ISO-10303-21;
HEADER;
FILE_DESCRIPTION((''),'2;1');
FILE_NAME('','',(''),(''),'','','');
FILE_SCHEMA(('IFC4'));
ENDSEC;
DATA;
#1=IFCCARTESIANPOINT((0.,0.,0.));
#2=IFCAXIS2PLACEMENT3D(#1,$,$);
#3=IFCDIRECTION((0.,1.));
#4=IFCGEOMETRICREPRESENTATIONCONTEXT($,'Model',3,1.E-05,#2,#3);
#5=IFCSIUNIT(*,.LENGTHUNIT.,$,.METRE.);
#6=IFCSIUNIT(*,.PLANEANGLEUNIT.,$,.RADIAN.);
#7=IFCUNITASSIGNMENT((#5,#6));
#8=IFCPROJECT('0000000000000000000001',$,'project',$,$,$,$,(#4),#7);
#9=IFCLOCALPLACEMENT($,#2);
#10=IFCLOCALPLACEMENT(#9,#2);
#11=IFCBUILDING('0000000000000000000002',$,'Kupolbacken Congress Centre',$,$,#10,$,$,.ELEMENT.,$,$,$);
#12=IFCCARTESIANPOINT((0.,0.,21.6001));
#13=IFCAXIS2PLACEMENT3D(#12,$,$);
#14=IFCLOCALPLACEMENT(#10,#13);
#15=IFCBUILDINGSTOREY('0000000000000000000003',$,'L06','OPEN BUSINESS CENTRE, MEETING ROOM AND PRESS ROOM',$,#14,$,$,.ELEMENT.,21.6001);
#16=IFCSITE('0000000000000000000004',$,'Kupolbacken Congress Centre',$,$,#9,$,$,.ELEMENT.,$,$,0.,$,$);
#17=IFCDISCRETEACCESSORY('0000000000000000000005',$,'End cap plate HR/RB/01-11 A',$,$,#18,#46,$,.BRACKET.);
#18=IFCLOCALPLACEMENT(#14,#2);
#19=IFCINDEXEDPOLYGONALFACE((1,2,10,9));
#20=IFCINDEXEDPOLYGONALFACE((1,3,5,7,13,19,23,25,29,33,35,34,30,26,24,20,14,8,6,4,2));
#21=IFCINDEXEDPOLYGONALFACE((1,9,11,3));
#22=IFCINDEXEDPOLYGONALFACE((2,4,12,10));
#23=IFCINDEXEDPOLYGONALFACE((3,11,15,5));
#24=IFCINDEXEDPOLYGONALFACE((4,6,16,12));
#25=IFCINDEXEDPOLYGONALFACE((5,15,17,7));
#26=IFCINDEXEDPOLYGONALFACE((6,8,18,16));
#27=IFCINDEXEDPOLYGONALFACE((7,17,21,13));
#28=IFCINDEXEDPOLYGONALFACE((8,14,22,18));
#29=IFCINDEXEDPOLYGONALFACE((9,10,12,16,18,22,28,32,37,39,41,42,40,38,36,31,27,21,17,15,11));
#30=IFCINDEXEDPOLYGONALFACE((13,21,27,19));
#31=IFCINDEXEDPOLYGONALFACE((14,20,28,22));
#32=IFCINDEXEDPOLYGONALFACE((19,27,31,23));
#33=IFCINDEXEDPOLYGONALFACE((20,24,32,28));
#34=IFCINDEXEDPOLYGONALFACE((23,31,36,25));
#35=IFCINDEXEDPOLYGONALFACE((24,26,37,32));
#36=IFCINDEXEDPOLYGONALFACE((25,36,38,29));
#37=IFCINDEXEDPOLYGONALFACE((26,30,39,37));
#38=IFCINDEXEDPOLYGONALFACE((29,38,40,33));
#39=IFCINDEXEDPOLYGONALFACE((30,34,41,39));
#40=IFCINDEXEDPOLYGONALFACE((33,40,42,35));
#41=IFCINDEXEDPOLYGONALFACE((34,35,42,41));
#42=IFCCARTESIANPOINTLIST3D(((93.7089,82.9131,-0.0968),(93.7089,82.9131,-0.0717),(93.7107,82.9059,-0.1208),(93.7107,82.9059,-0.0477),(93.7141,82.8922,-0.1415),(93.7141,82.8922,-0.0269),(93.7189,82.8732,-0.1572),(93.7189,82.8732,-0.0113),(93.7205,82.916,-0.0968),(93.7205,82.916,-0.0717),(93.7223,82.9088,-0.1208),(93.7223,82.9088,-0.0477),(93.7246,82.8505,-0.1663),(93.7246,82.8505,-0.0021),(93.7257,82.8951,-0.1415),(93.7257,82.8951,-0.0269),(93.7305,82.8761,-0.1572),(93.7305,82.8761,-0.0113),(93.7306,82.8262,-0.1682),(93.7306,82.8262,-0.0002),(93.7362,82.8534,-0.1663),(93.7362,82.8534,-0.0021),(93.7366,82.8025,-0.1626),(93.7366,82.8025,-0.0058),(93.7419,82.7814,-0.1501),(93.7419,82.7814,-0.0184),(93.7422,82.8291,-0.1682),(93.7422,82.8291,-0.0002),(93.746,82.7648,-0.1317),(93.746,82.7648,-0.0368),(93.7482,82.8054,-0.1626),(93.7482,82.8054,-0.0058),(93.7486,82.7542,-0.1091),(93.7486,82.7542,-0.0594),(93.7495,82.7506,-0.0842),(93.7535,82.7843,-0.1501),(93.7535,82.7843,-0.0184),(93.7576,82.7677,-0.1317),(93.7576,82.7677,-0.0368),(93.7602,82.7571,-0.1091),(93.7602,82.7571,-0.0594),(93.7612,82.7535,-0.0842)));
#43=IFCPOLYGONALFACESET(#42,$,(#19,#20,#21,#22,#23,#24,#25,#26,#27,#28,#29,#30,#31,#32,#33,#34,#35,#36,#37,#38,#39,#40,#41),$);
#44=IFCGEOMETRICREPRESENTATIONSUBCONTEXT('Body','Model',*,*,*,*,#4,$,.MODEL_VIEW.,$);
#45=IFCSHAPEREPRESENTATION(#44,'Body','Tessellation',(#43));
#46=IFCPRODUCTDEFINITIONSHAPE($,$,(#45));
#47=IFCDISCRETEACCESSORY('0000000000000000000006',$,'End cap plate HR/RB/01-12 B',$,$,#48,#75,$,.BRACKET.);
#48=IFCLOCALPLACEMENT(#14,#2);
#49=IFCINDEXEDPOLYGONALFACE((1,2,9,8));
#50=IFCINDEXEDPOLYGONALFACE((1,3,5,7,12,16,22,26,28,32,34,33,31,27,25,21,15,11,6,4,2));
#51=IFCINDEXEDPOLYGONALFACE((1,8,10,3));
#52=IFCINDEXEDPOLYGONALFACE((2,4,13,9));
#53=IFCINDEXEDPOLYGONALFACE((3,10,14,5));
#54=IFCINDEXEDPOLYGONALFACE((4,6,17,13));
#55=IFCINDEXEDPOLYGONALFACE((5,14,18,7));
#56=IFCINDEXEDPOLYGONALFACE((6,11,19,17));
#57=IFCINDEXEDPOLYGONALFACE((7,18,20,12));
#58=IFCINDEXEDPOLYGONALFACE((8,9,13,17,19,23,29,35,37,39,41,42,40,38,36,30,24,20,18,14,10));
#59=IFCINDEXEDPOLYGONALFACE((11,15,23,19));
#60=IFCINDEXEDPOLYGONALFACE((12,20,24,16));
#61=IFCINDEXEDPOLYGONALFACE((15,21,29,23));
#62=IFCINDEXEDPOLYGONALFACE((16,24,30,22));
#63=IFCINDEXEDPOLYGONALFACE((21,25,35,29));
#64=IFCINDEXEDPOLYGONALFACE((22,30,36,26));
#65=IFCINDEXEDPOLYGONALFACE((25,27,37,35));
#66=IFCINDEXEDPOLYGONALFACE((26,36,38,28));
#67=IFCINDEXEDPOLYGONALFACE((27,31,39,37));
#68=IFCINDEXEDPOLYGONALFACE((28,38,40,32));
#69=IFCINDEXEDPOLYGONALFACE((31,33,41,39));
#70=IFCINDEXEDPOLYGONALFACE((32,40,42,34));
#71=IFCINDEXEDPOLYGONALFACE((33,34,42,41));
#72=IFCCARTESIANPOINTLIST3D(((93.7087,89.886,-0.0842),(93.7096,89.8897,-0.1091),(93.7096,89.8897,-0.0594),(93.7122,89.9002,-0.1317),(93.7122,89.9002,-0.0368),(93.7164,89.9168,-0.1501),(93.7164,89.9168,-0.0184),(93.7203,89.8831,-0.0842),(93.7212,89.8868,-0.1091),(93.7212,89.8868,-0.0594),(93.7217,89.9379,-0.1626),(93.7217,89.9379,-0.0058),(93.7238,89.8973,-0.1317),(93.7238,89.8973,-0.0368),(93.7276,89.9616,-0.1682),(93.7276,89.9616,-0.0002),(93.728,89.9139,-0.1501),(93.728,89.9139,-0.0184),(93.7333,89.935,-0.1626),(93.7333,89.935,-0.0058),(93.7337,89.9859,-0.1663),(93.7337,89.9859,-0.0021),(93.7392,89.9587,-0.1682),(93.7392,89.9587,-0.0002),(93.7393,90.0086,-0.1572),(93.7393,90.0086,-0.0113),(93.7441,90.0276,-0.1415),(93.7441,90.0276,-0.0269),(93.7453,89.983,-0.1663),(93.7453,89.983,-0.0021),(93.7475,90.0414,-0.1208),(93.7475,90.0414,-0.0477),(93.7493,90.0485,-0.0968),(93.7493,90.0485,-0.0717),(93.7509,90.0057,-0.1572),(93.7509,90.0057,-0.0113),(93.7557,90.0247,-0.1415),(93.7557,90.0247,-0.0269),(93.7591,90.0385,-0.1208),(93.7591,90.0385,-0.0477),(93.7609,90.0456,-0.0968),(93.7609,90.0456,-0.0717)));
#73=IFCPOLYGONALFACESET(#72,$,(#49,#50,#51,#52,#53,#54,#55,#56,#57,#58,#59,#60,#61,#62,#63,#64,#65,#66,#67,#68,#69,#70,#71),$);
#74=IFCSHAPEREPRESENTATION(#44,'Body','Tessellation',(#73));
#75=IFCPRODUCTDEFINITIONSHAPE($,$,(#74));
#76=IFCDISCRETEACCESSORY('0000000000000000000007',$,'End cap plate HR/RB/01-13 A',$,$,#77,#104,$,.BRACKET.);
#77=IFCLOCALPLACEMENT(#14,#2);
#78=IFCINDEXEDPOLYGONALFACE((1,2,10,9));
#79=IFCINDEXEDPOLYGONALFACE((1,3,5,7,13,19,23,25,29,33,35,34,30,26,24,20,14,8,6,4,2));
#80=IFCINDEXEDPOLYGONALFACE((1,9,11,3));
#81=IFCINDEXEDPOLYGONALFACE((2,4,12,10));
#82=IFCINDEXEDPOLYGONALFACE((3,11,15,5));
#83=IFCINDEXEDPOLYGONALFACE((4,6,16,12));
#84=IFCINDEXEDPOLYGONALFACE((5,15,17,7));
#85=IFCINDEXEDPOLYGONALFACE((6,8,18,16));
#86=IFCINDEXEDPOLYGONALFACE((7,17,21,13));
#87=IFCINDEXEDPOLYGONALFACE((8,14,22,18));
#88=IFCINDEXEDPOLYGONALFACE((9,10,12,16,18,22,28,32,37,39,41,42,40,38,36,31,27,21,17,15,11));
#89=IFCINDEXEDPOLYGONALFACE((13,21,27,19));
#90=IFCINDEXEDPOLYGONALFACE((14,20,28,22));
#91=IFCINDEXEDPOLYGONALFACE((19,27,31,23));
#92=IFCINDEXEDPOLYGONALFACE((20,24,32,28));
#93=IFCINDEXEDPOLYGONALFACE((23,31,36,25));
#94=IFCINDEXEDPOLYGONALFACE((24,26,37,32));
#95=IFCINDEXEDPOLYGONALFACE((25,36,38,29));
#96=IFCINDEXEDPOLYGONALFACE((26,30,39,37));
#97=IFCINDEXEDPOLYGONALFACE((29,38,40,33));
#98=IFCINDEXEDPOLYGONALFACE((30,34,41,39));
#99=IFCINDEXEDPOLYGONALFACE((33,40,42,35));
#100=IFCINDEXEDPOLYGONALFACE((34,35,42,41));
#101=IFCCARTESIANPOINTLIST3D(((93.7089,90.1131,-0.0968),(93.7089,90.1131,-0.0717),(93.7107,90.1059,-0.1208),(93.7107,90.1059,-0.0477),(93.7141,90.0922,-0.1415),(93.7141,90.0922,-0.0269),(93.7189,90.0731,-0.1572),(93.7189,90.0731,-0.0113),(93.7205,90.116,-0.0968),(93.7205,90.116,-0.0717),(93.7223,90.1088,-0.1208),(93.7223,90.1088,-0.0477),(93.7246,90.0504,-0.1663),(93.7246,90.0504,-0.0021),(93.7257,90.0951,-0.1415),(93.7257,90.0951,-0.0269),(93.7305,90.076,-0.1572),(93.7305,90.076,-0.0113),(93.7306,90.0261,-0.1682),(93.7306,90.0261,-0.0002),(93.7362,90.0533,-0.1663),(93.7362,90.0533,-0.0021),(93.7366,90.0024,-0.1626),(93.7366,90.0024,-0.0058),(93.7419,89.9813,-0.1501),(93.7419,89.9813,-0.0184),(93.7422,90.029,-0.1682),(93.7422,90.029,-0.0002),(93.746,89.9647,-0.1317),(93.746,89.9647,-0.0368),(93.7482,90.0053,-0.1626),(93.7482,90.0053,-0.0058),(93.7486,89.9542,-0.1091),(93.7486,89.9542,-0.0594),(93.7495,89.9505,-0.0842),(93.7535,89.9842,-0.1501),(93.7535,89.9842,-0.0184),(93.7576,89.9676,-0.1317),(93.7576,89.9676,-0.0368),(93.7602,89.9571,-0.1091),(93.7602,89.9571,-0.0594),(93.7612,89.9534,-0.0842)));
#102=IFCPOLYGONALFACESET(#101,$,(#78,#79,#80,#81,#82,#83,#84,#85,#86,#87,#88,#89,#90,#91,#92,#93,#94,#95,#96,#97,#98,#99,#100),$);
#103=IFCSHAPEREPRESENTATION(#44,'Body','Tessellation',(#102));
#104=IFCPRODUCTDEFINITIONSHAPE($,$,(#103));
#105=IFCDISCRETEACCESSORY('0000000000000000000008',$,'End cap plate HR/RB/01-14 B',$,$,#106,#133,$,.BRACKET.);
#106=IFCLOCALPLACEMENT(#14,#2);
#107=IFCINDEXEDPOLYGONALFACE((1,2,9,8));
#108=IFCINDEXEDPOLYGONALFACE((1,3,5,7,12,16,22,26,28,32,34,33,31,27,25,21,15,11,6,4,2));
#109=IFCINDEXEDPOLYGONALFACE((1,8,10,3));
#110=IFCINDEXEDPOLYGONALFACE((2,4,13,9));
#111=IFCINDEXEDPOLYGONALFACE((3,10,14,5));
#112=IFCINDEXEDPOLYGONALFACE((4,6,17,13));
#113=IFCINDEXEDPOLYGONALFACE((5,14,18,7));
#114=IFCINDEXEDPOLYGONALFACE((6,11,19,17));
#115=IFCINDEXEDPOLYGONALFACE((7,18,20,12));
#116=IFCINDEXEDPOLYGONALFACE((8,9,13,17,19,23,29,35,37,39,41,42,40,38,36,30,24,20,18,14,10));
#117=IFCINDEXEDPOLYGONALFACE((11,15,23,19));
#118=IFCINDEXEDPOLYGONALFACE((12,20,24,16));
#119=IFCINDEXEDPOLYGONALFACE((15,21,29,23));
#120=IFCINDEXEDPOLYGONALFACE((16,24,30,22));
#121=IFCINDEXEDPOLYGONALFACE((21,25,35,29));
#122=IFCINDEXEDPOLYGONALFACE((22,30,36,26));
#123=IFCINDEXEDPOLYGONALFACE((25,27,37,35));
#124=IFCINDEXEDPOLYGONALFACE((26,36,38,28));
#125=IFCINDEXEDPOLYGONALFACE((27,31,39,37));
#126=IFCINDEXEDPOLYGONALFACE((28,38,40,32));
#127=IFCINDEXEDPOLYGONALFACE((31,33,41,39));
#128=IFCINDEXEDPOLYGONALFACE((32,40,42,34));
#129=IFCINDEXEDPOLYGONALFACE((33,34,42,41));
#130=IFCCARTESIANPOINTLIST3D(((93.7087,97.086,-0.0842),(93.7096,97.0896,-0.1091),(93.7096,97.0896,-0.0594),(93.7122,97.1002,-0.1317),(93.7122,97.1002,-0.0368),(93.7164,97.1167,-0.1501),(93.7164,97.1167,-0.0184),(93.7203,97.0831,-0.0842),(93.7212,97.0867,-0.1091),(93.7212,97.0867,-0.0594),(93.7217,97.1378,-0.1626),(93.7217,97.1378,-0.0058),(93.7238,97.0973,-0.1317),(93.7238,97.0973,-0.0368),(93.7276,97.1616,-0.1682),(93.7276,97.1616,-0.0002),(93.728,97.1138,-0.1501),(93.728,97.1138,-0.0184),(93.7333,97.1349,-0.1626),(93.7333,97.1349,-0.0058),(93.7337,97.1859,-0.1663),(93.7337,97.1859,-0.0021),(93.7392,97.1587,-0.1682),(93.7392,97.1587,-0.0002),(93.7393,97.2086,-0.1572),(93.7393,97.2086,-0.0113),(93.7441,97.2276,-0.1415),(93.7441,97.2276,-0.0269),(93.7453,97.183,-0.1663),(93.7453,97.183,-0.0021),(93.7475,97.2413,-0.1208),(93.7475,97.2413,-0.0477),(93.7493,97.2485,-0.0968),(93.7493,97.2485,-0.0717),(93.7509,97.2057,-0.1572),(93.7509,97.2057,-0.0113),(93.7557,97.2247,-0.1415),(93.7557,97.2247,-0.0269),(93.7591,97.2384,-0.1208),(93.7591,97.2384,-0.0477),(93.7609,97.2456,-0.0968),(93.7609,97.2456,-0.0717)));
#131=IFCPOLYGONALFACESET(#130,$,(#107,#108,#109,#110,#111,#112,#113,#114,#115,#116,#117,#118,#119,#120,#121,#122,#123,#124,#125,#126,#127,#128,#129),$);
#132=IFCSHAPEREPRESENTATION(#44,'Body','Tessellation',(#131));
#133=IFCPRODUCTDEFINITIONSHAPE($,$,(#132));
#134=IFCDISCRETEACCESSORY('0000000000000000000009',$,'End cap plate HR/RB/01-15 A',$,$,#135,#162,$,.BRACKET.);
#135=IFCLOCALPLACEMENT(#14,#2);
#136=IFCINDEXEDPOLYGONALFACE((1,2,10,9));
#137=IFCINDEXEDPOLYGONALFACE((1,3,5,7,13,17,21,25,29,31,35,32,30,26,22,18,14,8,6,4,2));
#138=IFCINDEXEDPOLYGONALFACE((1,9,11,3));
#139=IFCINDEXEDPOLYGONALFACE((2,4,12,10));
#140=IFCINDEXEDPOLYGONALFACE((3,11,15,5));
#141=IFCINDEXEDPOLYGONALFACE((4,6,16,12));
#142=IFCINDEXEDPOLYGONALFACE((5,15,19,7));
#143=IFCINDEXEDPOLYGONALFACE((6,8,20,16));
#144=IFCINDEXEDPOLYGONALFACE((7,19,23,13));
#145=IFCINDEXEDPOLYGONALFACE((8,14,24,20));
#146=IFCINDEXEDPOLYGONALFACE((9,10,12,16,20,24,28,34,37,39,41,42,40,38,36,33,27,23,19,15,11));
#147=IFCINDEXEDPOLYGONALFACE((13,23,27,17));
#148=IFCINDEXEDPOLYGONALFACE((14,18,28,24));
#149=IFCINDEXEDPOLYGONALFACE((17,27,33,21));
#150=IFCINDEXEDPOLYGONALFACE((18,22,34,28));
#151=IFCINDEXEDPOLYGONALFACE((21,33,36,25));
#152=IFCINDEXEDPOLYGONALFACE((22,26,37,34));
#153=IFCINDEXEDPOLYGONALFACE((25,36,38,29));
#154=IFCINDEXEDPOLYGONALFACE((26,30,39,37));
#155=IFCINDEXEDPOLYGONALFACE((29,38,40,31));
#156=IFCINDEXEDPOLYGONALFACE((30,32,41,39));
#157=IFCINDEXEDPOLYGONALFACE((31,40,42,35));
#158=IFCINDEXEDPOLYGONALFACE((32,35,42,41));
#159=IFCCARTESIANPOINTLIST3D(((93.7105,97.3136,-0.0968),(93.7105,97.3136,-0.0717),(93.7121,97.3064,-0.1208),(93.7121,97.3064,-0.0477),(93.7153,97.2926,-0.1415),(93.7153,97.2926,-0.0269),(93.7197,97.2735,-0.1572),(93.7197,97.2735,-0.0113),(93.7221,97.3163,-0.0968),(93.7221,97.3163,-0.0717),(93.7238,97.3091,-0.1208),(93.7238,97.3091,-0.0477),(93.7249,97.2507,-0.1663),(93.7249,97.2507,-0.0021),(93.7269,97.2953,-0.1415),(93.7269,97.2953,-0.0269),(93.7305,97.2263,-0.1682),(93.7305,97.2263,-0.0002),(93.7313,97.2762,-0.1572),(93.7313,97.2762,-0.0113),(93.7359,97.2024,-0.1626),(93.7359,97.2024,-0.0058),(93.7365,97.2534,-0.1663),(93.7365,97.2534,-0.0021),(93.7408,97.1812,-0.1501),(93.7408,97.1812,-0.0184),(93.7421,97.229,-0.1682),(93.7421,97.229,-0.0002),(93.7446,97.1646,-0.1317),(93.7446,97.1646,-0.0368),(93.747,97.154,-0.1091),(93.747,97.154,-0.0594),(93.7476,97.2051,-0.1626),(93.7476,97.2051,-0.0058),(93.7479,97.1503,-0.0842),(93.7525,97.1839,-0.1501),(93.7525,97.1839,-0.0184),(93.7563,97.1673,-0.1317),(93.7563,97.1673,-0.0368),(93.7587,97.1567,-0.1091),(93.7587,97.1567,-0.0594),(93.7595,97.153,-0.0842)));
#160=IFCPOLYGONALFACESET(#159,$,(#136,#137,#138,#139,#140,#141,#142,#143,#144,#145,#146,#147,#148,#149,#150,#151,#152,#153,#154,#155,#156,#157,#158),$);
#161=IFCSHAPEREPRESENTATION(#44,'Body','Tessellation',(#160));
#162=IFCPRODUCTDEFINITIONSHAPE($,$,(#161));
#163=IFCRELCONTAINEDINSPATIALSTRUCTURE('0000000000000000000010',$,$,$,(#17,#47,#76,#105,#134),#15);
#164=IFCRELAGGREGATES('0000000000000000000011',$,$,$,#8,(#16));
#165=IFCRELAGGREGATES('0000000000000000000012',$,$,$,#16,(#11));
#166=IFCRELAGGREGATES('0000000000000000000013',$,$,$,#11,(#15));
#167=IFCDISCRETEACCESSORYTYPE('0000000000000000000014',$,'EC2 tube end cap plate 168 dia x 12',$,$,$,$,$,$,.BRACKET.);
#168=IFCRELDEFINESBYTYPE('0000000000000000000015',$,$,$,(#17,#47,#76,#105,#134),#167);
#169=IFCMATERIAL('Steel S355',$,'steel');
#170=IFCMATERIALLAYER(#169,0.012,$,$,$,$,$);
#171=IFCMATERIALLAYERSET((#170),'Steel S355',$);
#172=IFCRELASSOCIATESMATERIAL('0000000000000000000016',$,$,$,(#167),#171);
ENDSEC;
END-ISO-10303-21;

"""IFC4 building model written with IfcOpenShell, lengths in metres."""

from ifc_helpers import new_model, si_unit, direction, frame, origin, origin_2d, place, context, subcontext, project, spatial, circle, extrude, material, layer, layer_set, type_object, element, save


model = new_model("IFC4")

# Units and contexts
model_context = context("Model", 3, precision=1e-05, world=origin(), true_north=direction((0.0, 1.0)))
body_context = subcontext(model_context, "Body", "Model", "MODEL_VIEW")
ifc_project = project(units=[si_unit("LENGTHUNIT", "METRE"), si_unit("PLANEANGLEUNIT", "RADIAN")], contexts=[model_context])

# Site, building, storey
site_placement = place(None, origin())
site = spatial("IfcSite", under=ifc_project, at=site_placement, Name="Kupolbacken Congress Centre", CompositionType="ELEMENT", RefElevation=0.0)
building_placement = place(site_placement, origin())
building = spatial("IfcBuilding", under=site, at=building_placement, Name="Kupolbacken Congress Centre", CompositionType="ELEMENT")
storey_placement = place(building_placement, frame((0.0, 0.0, 21.6001)))
storey = spatial("IfcBuildingStorey", under=building, at=storey_placement, Name="L06", Description="OPEN BUSINESS CENTRE, MEETING ROOM AND PRESS ROOM", CompositionType="ELEMENT", Elevation=21.6001)

# Discrete accessories
ifc_material_1 = material(Name="Steel S355", Category="steel")
ifc_layer_1 = layer(ifc_material_1, 0.012)
ifc_layer_set_1 = layer_set([ifc_layer_1], Name="Steel S355")
discrete_accessory_type = type_object("IfcDiscreteAccessoryType", Name="EC2 tube end cap plate 168 dia x 12", PredefinedType="BRACKET", material=ifc_layer_set_1)
for number, where, z_axis, x_axis, name in (
    (1, (93.7407, 82.8352, -0.0842), (-0.970143, -0.242536, 0.0), (0.242536, -0.970143, 0.0), "End cap plate HR/RB/01-11 A"),
    (2, (93.7407, 89.9648, -0.0842), (-0.970143, 0.242536, 0.0), (-0.242536, -0.970143, 0.0), "End cap plate HR/RB/01-12 B"),
    (3, (93.7407, 90.0352, -0.0842), (-0.970143, -0.242536, 0.0), (0.242536, -0.970143, 0.0), "End cap plate HR/RB/01-13 A"),
    (4, (93.7407, 97.1648, -0.0842), (-0.970143, 0.242536, 0.0), (-0.242536, -0.970143, 0.0), "End cap plate HR/RB/01-14 B"),
    (5, (93.7407, 97.2351, -0.0842), (-0.974732, -0.223376, 0.0), (0.223376, -0.974732, 0.0), "End cap plate HR/RB/01-15 A"),
):
    element("IfcDiscreteAccessory", number, at=place(storey_placement, frame(where, z_axis=z_axis, x_axis=x_axis)), inside=storey, type_object=discrete_accessory_type, Name=name, PredefinedType="BRACKET", context=body_context, shape_type="SweptSolid", body=[
        extrude(circle(Radius=0.0842, at=origin_2d()), origin(), (0.0, 0.0, 1.0), 0.012),
    ])

save(model, "model.ifc")
